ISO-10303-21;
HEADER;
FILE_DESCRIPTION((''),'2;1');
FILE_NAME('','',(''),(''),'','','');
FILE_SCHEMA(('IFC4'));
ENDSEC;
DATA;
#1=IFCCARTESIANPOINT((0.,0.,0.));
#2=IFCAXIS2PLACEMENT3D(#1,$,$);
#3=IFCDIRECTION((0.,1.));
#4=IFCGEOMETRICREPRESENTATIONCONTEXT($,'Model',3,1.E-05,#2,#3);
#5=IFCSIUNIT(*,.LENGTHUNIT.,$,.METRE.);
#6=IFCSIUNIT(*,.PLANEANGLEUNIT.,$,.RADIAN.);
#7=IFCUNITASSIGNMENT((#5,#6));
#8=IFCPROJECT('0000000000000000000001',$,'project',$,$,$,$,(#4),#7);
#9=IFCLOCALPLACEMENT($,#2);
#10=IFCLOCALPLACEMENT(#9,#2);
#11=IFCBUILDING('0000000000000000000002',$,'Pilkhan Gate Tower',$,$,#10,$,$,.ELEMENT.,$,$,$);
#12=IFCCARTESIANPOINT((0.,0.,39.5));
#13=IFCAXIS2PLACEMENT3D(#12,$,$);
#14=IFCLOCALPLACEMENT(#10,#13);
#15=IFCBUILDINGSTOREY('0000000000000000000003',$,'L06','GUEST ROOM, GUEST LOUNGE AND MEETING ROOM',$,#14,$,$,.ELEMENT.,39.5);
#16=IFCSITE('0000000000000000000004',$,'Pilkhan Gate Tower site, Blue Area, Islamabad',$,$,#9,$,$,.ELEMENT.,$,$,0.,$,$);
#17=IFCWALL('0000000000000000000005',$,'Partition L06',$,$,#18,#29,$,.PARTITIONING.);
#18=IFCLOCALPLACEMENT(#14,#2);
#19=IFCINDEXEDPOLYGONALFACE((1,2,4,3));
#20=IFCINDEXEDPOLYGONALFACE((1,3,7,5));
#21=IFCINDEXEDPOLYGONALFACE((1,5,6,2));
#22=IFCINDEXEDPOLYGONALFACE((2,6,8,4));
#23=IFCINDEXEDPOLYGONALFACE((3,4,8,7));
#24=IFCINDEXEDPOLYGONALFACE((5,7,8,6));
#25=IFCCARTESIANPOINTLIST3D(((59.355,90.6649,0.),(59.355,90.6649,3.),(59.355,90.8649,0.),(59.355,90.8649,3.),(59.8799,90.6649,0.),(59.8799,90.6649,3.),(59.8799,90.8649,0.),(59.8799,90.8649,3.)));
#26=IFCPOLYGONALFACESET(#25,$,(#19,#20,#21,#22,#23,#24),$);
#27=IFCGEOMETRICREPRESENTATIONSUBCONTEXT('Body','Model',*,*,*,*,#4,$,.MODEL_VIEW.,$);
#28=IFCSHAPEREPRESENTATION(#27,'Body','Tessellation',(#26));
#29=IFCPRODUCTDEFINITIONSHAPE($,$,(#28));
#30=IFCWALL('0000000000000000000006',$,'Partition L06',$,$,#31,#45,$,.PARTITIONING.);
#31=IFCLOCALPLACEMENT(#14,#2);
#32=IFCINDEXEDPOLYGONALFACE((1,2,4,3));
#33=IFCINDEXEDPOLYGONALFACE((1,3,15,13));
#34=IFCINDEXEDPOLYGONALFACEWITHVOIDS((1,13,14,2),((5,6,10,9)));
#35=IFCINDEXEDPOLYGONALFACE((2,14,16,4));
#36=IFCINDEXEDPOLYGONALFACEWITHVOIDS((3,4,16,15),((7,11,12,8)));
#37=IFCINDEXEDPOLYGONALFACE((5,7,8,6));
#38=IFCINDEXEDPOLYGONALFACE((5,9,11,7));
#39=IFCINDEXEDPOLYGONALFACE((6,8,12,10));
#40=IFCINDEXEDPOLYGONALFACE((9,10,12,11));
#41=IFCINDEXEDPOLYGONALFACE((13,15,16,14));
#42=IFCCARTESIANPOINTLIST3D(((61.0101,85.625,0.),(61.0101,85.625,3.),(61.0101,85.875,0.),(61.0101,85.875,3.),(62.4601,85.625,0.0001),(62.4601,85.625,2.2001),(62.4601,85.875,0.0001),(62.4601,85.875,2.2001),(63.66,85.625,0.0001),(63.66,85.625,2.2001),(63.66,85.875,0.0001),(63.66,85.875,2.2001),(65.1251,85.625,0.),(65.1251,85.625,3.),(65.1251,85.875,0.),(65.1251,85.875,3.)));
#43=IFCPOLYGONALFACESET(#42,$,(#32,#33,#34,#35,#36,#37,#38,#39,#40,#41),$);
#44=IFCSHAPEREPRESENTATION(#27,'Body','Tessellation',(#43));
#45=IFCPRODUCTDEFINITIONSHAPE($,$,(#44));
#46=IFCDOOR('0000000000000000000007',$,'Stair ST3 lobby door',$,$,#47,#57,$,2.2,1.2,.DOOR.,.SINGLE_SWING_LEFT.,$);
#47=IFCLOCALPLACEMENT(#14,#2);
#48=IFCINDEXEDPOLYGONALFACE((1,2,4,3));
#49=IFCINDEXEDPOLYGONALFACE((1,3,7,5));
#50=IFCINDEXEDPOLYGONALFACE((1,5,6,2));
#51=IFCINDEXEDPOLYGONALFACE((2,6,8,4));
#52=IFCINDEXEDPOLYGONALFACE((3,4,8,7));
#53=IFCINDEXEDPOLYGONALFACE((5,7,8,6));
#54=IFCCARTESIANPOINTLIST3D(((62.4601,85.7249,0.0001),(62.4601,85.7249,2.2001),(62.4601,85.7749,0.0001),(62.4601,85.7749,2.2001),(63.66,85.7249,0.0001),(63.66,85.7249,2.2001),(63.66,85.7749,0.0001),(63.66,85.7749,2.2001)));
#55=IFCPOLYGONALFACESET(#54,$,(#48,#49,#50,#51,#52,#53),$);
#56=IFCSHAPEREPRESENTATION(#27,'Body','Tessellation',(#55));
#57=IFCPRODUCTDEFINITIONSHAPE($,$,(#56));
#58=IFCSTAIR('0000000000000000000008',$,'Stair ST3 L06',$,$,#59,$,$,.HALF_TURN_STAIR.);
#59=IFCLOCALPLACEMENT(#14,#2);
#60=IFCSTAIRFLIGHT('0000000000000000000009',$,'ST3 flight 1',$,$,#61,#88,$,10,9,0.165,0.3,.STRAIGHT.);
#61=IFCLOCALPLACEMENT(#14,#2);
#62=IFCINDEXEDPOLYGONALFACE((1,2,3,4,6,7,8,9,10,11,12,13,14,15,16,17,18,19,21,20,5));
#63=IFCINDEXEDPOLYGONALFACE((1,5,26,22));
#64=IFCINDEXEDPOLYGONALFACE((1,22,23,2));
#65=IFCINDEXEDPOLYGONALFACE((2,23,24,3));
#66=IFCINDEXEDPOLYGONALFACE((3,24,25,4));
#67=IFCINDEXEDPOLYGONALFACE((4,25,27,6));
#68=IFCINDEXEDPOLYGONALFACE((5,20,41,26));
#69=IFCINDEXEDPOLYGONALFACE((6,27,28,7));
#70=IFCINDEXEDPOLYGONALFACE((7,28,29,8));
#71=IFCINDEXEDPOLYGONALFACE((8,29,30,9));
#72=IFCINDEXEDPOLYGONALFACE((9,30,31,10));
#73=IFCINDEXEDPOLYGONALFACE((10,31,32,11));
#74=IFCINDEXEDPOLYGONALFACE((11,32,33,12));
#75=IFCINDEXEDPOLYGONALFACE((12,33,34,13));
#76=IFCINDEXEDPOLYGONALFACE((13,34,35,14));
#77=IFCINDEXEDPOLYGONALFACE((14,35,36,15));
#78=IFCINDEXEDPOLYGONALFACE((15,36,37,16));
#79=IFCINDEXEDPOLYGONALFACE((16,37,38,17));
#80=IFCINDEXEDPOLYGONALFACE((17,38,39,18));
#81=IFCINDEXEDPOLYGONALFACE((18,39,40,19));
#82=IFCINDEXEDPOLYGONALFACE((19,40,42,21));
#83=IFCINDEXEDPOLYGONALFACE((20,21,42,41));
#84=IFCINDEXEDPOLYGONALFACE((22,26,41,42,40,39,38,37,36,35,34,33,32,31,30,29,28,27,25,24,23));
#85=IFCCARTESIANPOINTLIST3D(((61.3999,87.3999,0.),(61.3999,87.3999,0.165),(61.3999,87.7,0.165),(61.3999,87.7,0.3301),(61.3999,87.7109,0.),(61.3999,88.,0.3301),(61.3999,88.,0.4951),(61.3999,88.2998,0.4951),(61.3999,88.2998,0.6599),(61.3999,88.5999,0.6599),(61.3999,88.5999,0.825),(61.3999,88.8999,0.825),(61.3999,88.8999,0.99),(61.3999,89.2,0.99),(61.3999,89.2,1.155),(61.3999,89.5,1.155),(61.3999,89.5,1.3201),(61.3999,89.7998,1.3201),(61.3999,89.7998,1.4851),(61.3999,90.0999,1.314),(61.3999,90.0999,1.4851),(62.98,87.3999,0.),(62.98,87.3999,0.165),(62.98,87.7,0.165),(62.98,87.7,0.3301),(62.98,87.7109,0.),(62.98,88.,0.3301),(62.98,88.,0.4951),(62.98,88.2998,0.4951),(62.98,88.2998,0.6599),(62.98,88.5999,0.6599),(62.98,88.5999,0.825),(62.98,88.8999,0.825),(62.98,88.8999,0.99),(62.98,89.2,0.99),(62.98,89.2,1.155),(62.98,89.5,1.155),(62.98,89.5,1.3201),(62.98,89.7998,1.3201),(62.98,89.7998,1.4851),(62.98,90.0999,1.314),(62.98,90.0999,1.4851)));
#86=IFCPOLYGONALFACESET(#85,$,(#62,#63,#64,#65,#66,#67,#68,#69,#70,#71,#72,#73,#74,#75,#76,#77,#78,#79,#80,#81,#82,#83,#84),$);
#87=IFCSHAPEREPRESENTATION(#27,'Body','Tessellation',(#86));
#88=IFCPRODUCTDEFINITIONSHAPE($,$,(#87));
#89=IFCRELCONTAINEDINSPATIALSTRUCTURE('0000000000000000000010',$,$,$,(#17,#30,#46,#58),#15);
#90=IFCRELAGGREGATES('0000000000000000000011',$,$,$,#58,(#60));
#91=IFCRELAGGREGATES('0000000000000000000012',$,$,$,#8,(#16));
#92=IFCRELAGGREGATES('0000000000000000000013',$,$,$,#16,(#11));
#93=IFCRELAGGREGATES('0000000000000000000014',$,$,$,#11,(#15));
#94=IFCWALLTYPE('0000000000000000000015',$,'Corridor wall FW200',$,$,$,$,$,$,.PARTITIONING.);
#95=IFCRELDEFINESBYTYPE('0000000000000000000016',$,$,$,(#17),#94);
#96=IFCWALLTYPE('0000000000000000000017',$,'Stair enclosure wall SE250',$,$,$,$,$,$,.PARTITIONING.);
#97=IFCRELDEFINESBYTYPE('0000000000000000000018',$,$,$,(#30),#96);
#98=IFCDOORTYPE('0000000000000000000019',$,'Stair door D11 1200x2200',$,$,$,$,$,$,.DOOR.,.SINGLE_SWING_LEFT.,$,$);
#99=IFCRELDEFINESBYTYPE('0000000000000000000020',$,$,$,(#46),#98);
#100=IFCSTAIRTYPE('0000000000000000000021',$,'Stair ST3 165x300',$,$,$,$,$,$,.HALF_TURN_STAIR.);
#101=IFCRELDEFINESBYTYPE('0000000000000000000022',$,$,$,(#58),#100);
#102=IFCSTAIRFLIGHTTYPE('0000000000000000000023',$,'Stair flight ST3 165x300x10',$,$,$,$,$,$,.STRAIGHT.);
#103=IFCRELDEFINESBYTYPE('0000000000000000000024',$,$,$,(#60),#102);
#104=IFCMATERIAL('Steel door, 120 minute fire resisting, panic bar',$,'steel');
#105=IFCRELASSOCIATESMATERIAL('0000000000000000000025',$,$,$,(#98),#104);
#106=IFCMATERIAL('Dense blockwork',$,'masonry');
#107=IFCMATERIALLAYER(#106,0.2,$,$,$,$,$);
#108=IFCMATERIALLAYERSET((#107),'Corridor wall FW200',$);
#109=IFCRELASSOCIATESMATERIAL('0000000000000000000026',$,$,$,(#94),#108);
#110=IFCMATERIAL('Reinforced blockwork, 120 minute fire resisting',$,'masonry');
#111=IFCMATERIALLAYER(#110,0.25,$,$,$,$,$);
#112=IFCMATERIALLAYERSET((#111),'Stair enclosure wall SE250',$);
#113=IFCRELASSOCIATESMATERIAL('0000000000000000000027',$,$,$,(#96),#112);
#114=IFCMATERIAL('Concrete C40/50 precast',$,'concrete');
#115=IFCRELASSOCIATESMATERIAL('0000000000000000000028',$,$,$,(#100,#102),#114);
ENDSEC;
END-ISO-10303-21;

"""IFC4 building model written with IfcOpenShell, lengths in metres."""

from ifc_helpers import new_model, si_unit, direction, frame, frame_2d, origin, place, context, subcontext, project, spatial, polyline, rectangle, outline, extrude, material, layer, layer_set, type_object, element, fill, aggregate, save


model = new_model("IFC4")

# Units and contexts
model_context = context("Model", 3, precision=1e-05, world=origin(), true_north=direction((0.0, 1.0)))
body_context = subcontext(model_context, "Body", "Model", "MODEL_VIEW")
ifc_project = project(units=[si_unit("LENGTHUNIT", "METRE"), si_unit("PLANEANGLEUNIT", "RADIAN")], contexts=[model_context])

# Site, building, storey
site_placement = place(None, origin())
site = spatial("IfcSite", under=ifc_project, at=site_placement, Name="Pilkhan Gate Tower site, Blue Area, Islamabad", CompositionType="ELEMENT", RefElevation=0.0)
building_placement = place(site_placement, origin())
building = spatial("IfcBuilding", under=site, at=building_placement, Name="Pilkhan Gate Tower", CompositionType="ELEMENT")
storey_placement = place(building_placement, frame((0.0, 0.0, 39.5)))
storey = spatial("IfcBuildingStorey", under=building, at=storey_placement, Name="L06", Description="GUEST ROOM, GUEST LOUNGE AND MEETING ROOM", CompositionType="ELEMENT", Elevation=39.5)

# Shared definitions
ifc_material_1 = material(Name="Steel door, 120 minute fire resisting, panic bar", Category="steel")
door_type_1 = type_object("IfcDoorType", Name="Stair door D11 1200x2200", OperationType="SINGLE_SWING_LEFT", PredefinedType="DOOR", material=ifc_material_1)

# Wall
ifc_material_2 = material(Name="Dense blockwork", Category="masonry")
ifc_layer_1 = layer(ifc_material_2, 0.2)
ifc_layer_set_1 = layer_set([ifc_layer_1], Name="Corridor wall FW200")
wall_type_1 = type_object("IfcWallType", Name="Corridor wall FW200", PredefinedType="PARTITIONING", material=ifc_layer_set_1)
wall_1_placement = place(storey_placement, frame((59.355, 90.7649, 0.0), z_axis=(0.0, 0.0, 1.0), x_axis=(1.0, 0.0, 0.0)))
element("IfcWall", 1, at=wall_1_placement, inside=storey, type_object=wall_type_1, Name="Partition L06", PredefinedType="PARTITIONING", context=body_context, shape_type="SweptSolid", body=[
    extrude(rectangle(XDim=0.5249, YDim=0.2, at=frame_2d((0.2625, 0.0))), origin(), (0.0, 0.0, 1.0), 3.0),
])

# Wall, opening, door
ifc_material_3 = material(Name="Reinforced blockwork, 120 minute fire resisting", Category="masonry")
ifc_layer_2 = layer(ifc_material_3, 0.25)
ifc_layer_set_2 = layer_set([ifc_layer_2], Name="Stair enclosure wall SE250")
wall_type_2 = type_object("IfcWallType", Name="Stair enclosure wall SE250", PredefinedType="PARTITIONING", material=ifc_layer_set_2)
wall_2_placement = place(storey_placement, frame((61.01, 85.75, 0.0), z_axis=(0.0, 0.0, 1.0), x_axis=(1.0, 0.0, 0.0)))
wall_2 = element("IfcWall", 2, at=wall_2_placement, inside=storey, type_object=wall_type_2, Name="Partition L06", PredefinedType="PARTITIONING", context=body_context, shape_type="SweptSolid", body=[
    extrude(rectangle(XDim=4.115, YDim=0.25, at=frame_2d((2.0576, 0.0))), origin(), (0.0, 0.0, 1.0), 3.0),
])
opening_1_placement = place(wall_2_placement, frame((1.45, 0.0, 0.0)))
opening_1 = element("IfcOpeningElement", 3, at=opening_1_placement, cuts=wall_2, PredefinedType="OPENING", context=body_context, shape_type="SweptSolid", body=[
    extrude(rectangle(XDim=1.2, YDim=2.2, at=frame_2d((0.6001, 1.1001))), frame((0.0, 0.135, 0.0), z_axis=(0.0, -1.0, 0.0), x_axis=(1.0, 0.0, 0.0)), (0.0, 0.0, 1.0), 0.27),
])
door_1_placement = place(opening_1_placement, origin())
door_1 = element("IfcDoor", 4, at=door_1_placement, inside=storey, type_object=door_type_1, Name="Stair ST3 lobby door", OperationType="SINGLE_SWING_LEFT", OverallHeight=2.2, OverallWidth=1.2, PredefinedType="DOOR", context=body_context, shape_type="SweptSolid", body=[
    extrude(rectangle(XDim=1.2, YDim=2.2, at=frame_2d((0.6001, 1.1001))), frame((0.0, 0.0249, 0.0), z_axis=(0.0, -1.0, 0.0), x_axis=(1.0, 0.0, 0.0)), (0.0, 0.0, 1.0), 0.05),
])
fill(opening_1, door_1)

# Stair, stair flight
ifc_material_4 = material(Name="Concrete C40/50 precast", Category="concrete")
stair_type = type_object("IfcStairType", Name="Stair ST3 165x300", PredefinedType="HALF_TURN_STAIR", material=ifc_material_4)
stair_placement = place(storey_placement, origin())
stair = element("IfcStair", 5, at=stair_placement, inside=storey, type_object=stair_type, Name="Stair ST3 L06", PredefinedType="HALF_TURN_STAIR")
stair_flight_type = type_object("IfcStairFlightType", Name="Stair flight ST3 165x300x10", PredefinedType="STRAIGHT", material=ifc_material_4)
stair_flight_placement = place(storey_placement, frame((62.1899, 87.3999, 0.0), z_axis=(0.0, 0.0, 1.0), x_axis=(0.0, 1.0, 0.0)))
stair_flight = element("IfcStairFlight", 6, at=stair_flight_placement, type_object=stair_flight_type, Name="ST3 flight 1", NumberOfRisers=10, NumberOfTreads=9, PredefinedType="STRAIGHT", RiserHeight=0.165, TreadLength=0.3, context=body_context, shape_type="SweptSolid", body=[
    extrude(outline(polyline([(0.0, 0.0), (0.0, 0.165), (0.3, 0.165), (0.3, 0.3301), (0.6001, 0.3301), (0.6001, 0.4951), (0.8999, 0.4951), (0.8999, 0.6599), (1.2, 0.6599), (1.2, 0.825), (1.5, 0.825), (1.5, 0.99), (1.8, 0.99), (1.8, 1.155), (2.1001, 1.155), (2.1001, 1.3201), (2.3999, 1.3201), (2.3999, 1.4851), (2.7, 1.4851), (2.7, 1.6499), (2.7, 1.314), (0.311, 0.0), (0.0, 0.0)])), frame((0.0, 0.79, 0.0), z_axis=(0.0, -1.0, 0.0), x_axis=(1.0, 0.0, 0.0)), (0.0, 0.0, 1.0), 1.5801),
])
aggregate(stair, [stair_flight])

save(model, "model.ifc")
